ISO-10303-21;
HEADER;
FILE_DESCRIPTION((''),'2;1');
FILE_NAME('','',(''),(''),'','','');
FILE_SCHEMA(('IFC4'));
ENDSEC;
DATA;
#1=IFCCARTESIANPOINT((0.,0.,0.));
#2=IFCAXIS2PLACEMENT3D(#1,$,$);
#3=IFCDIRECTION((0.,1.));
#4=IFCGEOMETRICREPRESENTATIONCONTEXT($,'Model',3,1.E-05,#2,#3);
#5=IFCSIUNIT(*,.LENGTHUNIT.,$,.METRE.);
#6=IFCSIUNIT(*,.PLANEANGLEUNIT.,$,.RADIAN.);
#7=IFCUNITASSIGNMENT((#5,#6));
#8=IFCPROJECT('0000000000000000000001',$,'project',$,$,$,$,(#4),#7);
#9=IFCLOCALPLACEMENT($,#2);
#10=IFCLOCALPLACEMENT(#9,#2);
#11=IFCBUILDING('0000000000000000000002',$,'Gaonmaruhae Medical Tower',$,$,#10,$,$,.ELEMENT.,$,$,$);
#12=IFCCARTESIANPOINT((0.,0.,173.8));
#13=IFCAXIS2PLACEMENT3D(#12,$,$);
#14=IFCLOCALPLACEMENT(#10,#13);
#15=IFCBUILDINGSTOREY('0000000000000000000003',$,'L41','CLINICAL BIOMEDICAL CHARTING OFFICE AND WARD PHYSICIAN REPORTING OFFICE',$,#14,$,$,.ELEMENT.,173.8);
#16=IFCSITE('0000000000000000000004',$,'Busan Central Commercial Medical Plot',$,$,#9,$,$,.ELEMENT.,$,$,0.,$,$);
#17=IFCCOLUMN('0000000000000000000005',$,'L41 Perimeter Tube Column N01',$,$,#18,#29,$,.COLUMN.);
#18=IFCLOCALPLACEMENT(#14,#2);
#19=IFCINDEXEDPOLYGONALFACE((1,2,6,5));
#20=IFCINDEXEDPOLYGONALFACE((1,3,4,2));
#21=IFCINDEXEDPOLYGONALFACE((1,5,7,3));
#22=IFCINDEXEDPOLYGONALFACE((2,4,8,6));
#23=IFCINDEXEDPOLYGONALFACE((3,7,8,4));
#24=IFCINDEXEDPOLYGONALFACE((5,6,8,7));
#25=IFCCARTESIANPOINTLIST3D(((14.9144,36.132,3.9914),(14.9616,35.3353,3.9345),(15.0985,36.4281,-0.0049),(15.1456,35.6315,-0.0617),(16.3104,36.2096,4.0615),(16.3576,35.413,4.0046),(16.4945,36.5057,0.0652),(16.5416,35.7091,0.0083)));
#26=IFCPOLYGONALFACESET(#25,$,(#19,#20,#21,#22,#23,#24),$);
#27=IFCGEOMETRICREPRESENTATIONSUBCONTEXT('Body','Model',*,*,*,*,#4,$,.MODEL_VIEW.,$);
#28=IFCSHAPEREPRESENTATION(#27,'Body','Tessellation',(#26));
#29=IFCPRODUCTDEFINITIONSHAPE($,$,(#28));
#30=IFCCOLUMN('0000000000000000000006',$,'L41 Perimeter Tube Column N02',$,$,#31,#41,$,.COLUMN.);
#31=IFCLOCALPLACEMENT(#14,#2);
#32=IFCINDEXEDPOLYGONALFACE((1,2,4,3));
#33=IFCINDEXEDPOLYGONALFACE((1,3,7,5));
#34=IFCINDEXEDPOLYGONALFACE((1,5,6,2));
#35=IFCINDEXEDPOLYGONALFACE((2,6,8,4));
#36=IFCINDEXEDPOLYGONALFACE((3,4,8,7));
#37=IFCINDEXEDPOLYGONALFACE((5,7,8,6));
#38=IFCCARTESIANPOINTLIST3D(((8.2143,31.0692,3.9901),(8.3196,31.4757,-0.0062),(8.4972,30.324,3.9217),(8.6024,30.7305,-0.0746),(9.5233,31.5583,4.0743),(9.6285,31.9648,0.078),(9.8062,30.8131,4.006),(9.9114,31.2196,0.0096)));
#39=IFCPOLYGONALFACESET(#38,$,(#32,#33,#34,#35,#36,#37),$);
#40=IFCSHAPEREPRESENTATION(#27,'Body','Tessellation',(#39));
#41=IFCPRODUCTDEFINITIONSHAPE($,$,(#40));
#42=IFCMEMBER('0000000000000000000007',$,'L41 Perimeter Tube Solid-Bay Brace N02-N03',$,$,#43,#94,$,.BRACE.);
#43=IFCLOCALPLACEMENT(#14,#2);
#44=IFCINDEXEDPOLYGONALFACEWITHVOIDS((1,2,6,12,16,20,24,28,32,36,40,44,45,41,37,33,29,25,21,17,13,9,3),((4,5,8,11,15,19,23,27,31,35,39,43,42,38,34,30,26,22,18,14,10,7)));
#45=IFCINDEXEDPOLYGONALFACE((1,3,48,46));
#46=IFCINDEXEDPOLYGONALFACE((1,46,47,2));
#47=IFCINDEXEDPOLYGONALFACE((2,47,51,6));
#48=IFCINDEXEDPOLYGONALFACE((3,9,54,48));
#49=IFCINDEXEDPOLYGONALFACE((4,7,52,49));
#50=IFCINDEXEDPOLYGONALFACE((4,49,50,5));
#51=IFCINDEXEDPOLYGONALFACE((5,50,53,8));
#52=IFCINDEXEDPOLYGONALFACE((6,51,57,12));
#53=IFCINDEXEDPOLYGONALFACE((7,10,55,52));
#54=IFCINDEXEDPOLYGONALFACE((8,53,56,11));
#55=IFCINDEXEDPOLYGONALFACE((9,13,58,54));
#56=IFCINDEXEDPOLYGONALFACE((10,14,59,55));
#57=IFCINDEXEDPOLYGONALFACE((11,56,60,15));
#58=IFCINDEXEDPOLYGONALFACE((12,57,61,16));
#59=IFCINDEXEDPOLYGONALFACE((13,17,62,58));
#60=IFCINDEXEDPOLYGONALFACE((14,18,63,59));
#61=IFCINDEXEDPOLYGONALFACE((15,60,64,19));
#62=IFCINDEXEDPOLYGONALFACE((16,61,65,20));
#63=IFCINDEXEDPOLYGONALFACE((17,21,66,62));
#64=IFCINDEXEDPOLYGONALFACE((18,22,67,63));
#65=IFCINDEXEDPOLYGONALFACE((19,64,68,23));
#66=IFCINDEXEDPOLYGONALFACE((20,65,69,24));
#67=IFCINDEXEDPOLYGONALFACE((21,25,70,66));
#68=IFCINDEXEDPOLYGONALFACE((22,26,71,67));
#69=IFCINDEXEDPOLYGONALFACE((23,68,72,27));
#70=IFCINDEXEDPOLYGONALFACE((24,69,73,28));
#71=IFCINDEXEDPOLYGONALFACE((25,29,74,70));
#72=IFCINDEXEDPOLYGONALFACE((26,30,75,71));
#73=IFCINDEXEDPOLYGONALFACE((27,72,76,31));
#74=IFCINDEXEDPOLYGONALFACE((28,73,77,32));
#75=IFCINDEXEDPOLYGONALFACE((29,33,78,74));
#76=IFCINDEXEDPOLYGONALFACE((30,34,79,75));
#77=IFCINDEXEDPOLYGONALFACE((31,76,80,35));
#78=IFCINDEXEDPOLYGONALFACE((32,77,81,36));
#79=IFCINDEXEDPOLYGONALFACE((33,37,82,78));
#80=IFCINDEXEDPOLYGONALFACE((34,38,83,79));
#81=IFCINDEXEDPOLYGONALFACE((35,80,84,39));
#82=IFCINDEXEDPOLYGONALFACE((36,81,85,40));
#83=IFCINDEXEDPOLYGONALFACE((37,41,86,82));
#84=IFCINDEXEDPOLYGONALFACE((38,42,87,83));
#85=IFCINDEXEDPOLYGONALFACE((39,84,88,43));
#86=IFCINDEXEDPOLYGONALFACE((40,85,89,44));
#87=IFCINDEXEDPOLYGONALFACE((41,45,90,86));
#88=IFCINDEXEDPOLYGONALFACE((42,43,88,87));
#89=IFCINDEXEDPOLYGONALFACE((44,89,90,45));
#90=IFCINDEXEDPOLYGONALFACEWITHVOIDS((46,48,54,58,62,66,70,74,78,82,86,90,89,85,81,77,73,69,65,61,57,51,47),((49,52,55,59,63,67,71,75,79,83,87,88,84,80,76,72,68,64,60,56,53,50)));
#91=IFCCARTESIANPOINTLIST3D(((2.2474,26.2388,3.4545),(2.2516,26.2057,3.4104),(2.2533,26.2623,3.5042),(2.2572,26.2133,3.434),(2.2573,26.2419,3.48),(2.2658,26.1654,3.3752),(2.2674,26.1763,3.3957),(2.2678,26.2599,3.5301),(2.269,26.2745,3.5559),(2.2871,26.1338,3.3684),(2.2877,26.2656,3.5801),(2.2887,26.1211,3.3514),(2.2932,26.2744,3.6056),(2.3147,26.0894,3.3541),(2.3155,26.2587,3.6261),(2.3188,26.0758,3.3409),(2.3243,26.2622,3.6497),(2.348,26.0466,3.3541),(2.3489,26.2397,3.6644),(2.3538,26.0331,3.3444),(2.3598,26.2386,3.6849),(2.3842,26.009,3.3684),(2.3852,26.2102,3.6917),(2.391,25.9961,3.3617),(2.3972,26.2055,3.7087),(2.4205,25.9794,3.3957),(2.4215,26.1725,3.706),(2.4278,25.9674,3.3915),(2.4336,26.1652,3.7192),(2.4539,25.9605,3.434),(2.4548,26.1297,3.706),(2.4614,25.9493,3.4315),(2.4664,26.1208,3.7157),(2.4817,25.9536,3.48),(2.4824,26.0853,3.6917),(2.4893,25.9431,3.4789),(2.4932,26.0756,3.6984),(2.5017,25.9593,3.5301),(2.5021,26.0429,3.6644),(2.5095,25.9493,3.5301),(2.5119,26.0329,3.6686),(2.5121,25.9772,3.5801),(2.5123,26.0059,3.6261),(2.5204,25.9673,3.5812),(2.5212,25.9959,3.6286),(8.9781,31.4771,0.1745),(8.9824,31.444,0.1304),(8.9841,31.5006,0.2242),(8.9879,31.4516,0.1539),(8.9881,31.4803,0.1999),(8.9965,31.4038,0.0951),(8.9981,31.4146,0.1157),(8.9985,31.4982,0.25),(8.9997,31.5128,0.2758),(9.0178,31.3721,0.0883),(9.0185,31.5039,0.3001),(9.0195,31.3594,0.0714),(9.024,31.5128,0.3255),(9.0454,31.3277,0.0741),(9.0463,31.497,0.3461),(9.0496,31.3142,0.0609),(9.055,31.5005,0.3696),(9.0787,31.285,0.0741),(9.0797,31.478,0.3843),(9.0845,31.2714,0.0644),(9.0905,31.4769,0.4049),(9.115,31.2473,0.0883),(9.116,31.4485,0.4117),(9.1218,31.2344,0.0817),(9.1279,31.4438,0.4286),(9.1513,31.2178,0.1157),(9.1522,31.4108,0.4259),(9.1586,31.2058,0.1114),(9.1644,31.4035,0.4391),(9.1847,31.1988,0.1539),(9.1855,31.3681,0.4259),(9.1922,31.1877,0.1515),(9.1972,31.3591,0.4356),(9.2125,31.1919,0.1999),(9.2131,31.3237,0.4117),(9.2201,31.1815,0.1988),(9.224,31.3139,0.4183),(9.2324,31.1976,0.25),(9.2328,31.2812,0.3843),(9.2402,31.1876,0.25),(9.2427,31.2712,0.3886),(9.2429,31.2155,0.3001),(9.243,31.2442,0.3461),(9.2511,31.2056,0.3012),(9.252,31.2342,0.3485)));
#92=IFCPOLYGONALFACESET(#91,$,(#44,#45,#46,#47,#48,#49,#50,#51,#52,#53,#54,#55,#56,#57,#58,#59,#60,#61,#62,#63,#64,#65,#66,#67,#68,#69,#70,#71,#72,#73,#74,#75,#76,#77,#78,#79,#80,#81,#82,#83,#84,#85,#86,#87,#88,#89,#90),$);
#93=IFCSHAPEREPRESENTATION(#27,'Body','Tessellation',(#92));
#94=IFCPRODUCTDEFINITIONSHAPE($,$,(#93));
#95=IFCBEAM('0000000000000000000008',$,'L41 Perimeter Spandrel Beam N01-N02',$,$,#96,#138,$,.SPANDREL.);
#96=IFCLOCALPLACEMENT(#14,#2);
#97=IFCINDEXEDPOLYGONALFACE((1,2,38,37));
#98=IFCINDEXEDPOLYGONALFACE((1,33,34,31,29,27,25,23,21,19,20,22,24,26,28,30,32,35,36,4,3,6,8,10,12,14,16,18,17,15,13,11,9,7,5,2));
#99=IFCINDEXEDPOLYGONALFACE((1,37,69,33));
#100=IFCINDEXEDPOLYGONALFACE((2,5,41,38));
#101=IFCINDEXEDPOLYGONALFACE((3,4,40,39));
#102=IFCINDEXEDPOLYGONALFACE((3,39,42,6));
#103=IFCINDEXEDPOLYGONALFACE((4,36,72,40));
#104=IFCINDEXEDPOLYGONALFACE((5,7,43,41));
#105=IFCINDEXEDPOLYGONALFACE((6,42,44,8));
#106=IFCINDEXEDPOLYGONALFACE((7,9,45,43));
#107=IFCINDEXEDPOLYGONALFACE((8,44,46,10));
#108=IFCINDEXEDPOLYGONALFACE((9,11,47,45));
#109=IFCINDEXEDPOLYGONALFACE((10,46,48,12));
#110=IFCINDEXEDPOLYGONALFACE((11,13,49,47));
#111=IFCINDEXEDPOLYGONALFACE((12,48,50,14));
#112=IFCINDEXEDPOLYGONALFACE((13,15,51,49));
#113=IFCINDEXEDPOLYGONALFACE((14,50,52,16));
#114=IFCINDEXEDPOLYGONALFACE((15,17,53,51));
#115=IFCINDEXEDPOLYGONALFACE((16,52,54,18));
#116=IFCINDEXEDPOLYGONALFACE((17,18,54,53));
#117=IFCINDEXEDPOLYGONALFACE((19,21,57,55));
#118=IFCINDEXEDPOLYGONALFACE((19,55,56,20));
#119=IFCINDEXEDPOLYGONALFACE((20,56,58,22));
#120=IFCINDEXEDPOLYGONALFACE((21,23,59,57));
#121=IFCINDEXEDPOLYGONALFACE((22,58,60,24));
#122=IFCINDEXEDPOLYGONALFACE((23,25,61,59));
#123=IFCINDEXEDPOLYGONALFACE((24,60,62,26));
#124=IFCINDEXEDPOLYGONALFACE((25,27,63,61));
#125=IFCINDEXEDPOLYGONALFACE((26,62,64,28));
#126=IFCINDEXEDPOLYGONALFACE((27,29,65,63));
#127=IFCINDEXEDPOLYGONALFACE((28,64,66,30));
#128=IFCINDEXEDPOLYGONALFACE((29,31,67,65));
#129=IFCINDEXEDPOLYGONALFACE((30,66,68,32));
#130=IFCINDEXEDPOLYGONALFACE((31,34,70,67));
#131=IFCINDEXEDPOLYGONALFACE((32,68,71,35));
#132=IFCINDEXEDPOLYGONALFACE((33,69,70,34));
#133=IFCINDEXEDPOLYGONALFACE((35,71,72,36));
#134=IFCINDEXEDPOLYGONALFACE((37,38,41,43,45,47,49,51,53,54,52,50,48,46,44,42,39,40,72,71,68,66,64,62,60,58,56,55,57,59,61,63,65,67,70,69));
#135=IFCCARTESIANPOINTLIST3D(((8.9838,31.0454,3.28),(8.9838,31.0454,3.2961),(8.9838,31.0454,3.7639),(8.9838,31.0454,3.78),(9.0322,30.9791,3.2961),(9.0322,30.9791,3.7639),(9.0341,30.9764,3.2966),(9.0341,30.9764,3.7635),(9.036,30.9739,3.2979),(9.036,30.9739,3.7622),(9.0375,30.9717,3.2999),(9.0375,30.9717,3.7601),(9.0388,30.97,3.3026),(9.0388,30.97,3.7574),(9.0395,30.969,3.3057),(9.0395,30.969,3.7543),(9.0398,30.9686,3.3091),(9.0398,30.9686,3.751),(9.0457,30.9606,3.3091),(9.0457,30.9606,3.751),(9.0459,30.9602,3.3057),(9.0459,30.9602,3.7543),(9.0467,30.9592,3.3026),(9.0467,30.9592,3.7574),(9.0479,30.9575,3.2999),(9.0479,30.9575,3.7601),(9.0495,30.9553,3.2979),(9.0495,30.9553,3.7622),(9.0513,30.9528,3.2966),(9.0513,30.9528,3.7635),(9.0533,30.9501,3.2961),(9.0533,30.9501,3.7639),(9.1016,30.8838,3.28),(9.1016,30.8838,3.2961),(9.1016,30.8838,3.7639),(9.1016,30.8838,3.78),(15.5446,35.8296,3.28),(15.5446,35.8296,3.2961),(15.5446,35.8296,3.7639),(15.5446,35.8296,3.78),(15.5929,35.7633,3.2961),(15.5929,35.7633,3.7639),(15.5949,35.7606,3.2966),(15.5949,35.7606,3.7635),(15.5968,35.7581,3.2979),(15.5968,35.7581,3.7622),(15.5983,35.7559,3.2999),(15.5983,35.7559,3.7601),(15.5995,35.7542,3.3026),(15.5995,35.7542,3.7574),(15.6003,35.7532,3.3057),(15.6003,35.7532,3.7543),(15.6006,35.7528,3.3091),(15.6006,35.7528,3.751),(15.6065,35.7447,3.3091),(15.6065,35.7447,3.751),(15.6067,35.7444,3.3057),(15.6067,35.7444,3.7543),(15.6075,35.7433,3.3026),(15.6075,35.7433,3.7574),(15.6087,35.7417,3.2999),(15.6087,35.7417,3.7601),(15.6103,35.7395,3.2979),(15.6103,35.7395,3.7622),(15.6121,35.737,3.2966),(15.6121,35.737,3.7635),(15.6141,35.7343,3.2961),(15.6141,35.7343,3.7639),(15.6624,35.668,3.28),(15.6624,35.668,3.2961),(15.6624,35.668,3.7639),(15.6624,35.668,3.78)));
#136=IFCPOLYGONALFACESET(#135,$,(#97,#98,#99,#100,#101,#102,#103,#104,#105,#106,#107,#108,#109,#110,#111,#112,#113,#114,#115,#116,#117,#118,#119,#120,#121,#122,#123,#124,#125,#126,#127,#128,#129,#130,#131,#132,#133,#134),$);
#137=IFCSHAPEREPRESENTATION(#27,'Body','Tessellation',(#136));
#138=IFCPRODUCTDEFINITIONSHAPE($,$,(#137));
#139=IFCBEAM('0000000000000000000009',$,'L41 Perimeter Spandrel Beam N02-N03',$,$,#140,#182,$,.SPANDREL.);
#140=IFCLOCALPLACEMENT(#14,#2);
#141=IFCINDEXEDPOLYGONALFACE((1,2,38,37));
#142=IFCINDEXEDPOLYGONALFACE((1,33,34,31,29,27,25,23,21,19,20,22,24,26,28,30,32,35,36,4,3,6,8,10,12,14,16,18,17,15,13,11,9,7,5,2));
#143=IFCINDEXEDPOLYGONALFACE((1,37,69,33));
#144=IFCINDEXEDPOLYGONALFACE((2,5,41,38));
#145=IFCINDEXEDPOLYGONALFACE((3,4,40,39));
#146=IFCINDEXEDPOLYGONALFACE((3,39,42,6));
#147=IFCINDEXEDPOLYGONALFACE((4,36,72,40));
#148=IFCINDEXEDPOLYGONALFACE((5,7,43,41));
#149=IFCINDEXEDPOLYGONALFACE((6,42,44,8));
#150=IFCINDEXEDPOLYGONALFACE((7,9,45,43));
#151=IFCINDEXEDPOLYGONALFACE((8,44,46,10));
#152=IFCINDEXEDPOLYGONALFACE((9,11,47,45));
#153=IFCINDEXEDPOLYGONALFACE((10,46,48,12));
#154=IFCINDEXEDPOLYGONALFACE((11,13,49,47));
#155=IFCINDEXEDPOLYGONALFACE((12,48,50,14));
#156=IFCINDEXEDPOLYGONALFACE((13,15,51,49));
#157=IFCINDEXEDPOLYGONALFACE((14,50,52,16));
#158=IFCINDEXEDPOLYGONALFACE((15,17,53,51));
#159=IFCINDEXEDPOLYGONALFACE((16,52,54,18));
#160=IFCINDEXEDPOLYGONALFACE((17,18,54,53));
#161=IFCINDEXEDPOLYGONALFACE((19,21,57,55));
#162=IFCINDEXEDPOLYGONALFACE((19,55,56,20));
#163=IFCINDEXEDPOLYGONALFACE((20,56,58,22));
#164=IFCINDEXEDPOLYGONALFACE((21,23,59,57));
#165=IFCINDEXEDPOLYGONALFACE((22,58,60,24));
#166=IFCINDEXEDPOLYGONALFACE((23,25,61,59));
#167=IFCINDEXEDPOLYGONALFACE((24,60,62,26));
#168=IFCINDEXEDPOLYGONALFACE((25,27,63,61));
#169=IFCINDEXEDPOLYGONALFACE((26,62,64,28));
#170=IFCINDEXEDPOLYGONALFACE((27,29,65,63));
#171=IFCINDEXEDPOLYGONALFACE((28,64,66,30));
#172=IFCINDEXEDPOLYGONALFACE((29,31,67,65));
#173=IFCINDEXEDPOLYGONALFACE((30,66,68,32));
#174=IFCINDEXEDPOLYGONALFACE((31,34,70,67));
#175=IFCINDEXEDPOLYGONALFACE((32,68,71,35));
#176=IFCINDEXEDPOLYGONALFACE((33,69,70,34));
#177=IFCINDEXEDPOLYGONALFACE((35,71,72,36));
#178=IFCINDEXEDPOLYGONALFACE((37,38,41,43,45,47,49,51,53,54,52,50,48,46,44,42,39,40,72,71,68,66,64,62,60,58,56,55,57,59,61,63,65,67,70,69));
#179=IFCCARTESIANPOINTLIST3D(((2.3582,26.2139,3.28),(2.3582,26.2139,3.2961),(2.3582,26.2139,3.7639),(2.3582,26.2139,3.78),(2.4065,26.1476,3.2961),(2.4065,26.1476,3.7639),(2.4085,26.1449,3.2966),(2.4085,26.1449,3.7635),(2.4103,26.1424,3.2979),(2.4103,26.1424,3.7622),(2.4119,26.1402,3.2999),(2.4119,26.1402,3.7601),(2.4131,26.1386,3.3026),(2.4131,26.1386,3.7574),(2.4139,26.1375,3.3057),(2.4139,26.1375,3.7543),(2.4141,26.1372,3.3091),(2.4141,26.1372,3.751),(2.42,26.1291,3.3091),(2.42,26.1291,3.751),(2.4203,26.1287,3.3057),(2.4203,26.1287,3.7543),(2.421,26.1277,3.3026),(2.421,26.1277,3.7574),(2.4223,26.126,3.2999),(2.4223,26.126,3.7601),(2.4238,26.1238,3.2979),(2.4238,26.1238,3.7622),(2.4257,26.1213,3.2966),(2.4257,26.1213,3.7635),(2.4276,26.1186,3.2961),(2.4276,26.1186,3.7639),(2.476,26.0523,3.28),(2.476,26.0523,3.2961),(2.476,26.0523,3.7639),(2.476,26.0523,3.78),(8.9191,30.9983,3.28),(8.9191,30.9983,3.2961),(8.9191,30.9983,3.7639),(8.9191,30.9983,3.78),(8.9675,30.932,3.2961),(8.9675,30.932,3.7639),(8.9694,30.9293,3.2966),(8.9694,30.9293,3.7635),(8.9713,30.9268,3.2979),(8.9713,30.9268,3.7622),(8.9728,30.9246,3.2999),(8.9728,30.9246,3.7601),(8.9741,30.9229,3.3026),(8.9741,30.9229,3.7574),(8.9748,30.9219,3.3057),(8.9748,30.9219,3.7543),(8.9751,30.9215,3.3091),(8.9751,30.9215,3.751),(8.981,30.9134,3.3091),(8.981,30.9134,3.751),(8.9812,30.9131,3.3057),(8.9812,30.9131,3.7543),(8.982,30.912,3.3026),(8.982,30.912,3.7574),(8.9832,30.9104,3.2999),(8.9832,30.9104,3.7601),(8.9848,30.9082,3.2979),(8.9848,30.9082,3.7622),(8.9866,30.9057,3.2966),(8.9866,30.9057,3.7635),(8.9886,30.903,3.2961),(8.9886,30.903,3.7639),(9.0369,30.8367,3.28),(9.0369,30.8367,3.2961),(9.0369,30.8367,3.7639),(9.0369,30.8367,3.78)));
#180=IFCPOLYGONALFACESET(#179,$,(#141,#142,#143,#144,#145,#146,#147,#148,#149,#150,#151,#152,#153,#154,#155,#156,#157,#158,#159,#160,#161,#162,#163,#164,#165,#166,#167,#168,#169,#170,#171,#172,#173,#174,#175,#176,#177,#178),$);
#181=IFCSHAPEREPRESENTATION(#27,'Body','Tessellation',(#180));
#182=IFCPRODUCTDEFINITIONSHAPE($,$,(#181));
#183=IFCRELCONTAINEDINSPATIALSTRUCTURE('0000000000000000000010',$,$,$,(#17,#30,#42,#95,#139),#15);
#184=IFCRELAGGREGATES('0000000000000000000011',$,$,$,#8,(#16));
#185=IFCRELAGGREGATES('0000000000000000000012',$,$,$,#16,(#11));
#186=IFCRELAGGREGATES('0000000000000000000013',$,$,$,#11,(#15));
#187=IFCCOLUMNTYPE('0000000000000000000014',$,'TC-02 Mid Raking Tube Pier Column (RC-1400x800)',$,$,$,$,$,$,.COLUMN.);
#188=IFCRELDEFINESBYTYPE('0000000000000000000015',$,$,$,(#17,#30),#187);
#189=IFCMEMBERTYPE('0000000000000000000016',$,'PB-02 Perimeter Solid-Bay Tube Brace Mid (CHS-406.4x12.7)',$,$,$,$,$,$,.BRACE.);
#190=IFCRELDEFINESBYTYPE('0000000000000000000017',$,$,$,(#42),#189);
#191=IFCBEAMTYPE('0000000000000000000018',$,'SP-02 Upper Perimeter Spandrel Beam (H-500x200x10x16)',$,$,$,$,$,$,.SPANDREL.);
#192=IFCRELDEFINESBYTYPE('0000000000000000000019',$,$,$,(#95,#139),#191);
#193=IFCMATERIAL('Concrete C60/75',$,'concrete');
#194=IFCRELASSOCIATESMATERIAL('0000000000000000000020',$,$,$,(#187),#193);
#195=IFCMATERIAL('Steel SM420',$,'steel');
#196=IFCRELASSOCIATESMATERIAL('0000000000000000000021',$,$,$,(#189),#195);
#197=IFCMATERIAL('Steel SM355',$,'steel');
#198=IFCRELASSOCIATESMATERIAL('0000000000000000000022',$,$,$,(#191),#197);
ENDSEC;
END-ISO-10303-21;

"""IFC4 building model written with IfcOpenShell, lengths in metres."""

from ifc_helpers import new_model, si_unit, direction, frame, origin, origin_2d, place, context, subcontext, project, spatial, rectangle, hollow_circle, i_section, extrude, material, material_profile, profile_set, type_object, element, save


model = new_model("IFC4")

# Units and contexts
model_context = context("Model", 3, precision=1e-05, world=origin(), true_north=direction((0.0, 1.0)))
body_context = subcontext(model_context, "Body", "Model", "MODEL_VIEW")
ifc_project = project(units=[si_unit("LENGTHUNIT", "METRE"), si_unit("PLANEANGLEUNIT", "RADIAN")], contexts=[model_context])

# Site, building, storey
site_placement = place(None, origin())
site = spatial("IfcSite", under=ifc_project, at=site_placement, Name="Busan Central Commercial Medical Plot", CompositionType="ELEMENT", RefElevation=0.0)
building_placement = place(site_placement, origin())
building = spatial("IfcBuilding", under=site, at=building_placement, Name="Gaonmaruhae Medical Tower", CompositionType="ELEMENT")
storey_placement = place(building_placement, frame((0.0, 0.0, 173.8)))
storey = spatial("IfcBuildingStorey", under=building, at=storey_placement, Name="L41", Description="CLINICAL BIOMEDICAL CHARTING OFFICE AND WARD PHYSICIAN REPORTING OFFICE", CompositionType="ELEMENT", Elevation=173.8)

# Columns
ifc_material_1 = material(Name="Concrete C60/75", Category="concrete")
ifc_material_profile_1 = material_profile(ifc_material_1, rectangle(XDim=1.3999, YDim=0.8, at=origin_2d()), Name="RC-1400x800")
ifc_profile_set_1 = profile_set([ifc_material_profile_1], Name="Concrete C60/75")
column_type = type_object("IfcColumnType", Name="TC-02 Mid Raking Tube Pier Column (RC-1400x800)", PredefinedType="COLUMN", material=ifc_profile_set_1)
column_1_placement = place(storey_placement, frame((15.8201, 36.0686, 0.0017), z_axis=(-0.045888, -0.073823, 0.996215), x_axis=(0.997207, 0.055451, 0.050043)))
element("IfcColumn", 1, at=column_1_placement, inside=storey, type_object=column_type, Name="L41 Perimeter Tube Column N01", PredefinedType="COLUMN", context=body_context, shape_type="SweptSolid", body=[
    extrude(rectangle(XDim=1.3999, YDim=0.8, at=origin_2d()), origin(), (0.0, 0.0, 1.0), 4.0115),
])
column_2_placement = place(storey_placement, frame((9.1155, 31.3477, 0.0017), z_axis=(-0.026186, -0.10116, 0.994526), x_axis=(0.935042, 0.349396, 0.060159)))
element("IfcColumn", 2, at=column_2_placement, inside=storey, type_object=column_type, Name="L41 Perimeter Tube Column N02", PredefinedType="COLUMN", context=body_context, shape_type="SweptSolid", body=[
    extrude(rectangle(XDim=1.3999, YDim=0.8, at=origin_2d()), origin(), (0.0, 0.0, 1.0), 4.0183),
])

# Member
ifc_material_2 = material(Name="Steel SM420", Category="steel")
ifc_material_profile_2 = material_profile(ifc_material_2, hollow_circle(Radius=0.2031, WallThickness=0.0127, at=origin_2d()), Name="CHS-406.4x12.7")
ifc_profile_set_2 = profile_set([ifc_material_profile_2], Name="Steel SM420")
member_type = type_object("IfcMemberType", Name="PB-02 Perimeter Solid-Bay Tube Brace Mid (CHS-406.4x12.7)", PredefinedType="BRACE", material=ifc_profile_set_2)
member_placement = place(storey_placement, frame((9.1155, 31.3479, 0.25), z_axis=(-0.736573, -0.57325, 0.358949), x_axis=(0.61418, -0.789166, 0.0)))
element("IfcMember", 3, at=member_placement, inside=storey, type_object=member_type, Name="L41 Perimeter Tube Solid-Bay Brace N02-N03", PredefinedType="BRACE", context=body_context, shape_type="SweptSolid", body=[
    extrude(hollow_circle(Radius=0.2031, WallThickness=0.0127, at=origin_2d()), origin(), (0.0, 0.0, 1.0), 9.1379),
])

# Beams
ifc_material_3 = material(Name="Steel SM355", Category="steel")
ifc_material_profile_3 = material_profile(ifc_material_3, i_section(OverallWidth=0.2, OverallDepth=0.5, WebThickness=0.01, FlangeThickness=0.0161, FilletRadius=0.0129, at=origin_2d()), Name="H-500x200x10x16")
ifc_profile_set_3 = profile_set([ifc_material_profile_3], Name="Steel SM355")
beam_type = type_object("IfcBeamType", Name="SP-02 Upper Perimeter Spandrel Beam (H-500x200x10x16)", PredefinedType="SPANDREL", material=ifc_profile_set_3)
beam_1_placement = place(storey_placement, frame((15.6035, 35.7488, 3.53), z_axis=(-0.807992, -0.589194, 0.0), x_axis=(0.589194, -0.807992, 0.0)))
element("IfcBeam", 4, at=beam_1_placement, inside=storey, type_object=beam_type, Name="L41 Perimeter Spandrel Beam N01-N02", PredefinedType="SPANDREL", context=body_context, shape_type="SweptSolid", body=[
    extrude(i_section(OverallWidth=0.2, OverallDepth=0.5, WebThickness=0.01, FlangeThickness=0.0161, FilletRadius=0.0129, at=origin_2d()), origin(), (0.0, 0.0, 1.0), 8.1199),
])
beam_2_placement = place(storey_placement, frame((8.978, 30.9175, 3.53), z_axis=(-0.807988, -0.589199, 0.0), x_axis=(0.589199, -0.807988, 0.0)))
element("IfcBeam", 5, at=beam_2_placement, inside=storey, type_object=beam_type, Name="L41 Perimeter Spandrel Beam N02-N03", PredefinedType="SPANDREL", context=body_context, shape_type="SweptSolid", body=[
    extrude(i_section(OverallWidth=0.2, OverallDepth=0.5, WebThickness=0.01, FlangeThickness=0.0161, FilletRadius=0.0129, at=origin_2d()), origin(), (0.0, 0.0, 1.0), 8.1201),
])

save(model, "model.ifc")
